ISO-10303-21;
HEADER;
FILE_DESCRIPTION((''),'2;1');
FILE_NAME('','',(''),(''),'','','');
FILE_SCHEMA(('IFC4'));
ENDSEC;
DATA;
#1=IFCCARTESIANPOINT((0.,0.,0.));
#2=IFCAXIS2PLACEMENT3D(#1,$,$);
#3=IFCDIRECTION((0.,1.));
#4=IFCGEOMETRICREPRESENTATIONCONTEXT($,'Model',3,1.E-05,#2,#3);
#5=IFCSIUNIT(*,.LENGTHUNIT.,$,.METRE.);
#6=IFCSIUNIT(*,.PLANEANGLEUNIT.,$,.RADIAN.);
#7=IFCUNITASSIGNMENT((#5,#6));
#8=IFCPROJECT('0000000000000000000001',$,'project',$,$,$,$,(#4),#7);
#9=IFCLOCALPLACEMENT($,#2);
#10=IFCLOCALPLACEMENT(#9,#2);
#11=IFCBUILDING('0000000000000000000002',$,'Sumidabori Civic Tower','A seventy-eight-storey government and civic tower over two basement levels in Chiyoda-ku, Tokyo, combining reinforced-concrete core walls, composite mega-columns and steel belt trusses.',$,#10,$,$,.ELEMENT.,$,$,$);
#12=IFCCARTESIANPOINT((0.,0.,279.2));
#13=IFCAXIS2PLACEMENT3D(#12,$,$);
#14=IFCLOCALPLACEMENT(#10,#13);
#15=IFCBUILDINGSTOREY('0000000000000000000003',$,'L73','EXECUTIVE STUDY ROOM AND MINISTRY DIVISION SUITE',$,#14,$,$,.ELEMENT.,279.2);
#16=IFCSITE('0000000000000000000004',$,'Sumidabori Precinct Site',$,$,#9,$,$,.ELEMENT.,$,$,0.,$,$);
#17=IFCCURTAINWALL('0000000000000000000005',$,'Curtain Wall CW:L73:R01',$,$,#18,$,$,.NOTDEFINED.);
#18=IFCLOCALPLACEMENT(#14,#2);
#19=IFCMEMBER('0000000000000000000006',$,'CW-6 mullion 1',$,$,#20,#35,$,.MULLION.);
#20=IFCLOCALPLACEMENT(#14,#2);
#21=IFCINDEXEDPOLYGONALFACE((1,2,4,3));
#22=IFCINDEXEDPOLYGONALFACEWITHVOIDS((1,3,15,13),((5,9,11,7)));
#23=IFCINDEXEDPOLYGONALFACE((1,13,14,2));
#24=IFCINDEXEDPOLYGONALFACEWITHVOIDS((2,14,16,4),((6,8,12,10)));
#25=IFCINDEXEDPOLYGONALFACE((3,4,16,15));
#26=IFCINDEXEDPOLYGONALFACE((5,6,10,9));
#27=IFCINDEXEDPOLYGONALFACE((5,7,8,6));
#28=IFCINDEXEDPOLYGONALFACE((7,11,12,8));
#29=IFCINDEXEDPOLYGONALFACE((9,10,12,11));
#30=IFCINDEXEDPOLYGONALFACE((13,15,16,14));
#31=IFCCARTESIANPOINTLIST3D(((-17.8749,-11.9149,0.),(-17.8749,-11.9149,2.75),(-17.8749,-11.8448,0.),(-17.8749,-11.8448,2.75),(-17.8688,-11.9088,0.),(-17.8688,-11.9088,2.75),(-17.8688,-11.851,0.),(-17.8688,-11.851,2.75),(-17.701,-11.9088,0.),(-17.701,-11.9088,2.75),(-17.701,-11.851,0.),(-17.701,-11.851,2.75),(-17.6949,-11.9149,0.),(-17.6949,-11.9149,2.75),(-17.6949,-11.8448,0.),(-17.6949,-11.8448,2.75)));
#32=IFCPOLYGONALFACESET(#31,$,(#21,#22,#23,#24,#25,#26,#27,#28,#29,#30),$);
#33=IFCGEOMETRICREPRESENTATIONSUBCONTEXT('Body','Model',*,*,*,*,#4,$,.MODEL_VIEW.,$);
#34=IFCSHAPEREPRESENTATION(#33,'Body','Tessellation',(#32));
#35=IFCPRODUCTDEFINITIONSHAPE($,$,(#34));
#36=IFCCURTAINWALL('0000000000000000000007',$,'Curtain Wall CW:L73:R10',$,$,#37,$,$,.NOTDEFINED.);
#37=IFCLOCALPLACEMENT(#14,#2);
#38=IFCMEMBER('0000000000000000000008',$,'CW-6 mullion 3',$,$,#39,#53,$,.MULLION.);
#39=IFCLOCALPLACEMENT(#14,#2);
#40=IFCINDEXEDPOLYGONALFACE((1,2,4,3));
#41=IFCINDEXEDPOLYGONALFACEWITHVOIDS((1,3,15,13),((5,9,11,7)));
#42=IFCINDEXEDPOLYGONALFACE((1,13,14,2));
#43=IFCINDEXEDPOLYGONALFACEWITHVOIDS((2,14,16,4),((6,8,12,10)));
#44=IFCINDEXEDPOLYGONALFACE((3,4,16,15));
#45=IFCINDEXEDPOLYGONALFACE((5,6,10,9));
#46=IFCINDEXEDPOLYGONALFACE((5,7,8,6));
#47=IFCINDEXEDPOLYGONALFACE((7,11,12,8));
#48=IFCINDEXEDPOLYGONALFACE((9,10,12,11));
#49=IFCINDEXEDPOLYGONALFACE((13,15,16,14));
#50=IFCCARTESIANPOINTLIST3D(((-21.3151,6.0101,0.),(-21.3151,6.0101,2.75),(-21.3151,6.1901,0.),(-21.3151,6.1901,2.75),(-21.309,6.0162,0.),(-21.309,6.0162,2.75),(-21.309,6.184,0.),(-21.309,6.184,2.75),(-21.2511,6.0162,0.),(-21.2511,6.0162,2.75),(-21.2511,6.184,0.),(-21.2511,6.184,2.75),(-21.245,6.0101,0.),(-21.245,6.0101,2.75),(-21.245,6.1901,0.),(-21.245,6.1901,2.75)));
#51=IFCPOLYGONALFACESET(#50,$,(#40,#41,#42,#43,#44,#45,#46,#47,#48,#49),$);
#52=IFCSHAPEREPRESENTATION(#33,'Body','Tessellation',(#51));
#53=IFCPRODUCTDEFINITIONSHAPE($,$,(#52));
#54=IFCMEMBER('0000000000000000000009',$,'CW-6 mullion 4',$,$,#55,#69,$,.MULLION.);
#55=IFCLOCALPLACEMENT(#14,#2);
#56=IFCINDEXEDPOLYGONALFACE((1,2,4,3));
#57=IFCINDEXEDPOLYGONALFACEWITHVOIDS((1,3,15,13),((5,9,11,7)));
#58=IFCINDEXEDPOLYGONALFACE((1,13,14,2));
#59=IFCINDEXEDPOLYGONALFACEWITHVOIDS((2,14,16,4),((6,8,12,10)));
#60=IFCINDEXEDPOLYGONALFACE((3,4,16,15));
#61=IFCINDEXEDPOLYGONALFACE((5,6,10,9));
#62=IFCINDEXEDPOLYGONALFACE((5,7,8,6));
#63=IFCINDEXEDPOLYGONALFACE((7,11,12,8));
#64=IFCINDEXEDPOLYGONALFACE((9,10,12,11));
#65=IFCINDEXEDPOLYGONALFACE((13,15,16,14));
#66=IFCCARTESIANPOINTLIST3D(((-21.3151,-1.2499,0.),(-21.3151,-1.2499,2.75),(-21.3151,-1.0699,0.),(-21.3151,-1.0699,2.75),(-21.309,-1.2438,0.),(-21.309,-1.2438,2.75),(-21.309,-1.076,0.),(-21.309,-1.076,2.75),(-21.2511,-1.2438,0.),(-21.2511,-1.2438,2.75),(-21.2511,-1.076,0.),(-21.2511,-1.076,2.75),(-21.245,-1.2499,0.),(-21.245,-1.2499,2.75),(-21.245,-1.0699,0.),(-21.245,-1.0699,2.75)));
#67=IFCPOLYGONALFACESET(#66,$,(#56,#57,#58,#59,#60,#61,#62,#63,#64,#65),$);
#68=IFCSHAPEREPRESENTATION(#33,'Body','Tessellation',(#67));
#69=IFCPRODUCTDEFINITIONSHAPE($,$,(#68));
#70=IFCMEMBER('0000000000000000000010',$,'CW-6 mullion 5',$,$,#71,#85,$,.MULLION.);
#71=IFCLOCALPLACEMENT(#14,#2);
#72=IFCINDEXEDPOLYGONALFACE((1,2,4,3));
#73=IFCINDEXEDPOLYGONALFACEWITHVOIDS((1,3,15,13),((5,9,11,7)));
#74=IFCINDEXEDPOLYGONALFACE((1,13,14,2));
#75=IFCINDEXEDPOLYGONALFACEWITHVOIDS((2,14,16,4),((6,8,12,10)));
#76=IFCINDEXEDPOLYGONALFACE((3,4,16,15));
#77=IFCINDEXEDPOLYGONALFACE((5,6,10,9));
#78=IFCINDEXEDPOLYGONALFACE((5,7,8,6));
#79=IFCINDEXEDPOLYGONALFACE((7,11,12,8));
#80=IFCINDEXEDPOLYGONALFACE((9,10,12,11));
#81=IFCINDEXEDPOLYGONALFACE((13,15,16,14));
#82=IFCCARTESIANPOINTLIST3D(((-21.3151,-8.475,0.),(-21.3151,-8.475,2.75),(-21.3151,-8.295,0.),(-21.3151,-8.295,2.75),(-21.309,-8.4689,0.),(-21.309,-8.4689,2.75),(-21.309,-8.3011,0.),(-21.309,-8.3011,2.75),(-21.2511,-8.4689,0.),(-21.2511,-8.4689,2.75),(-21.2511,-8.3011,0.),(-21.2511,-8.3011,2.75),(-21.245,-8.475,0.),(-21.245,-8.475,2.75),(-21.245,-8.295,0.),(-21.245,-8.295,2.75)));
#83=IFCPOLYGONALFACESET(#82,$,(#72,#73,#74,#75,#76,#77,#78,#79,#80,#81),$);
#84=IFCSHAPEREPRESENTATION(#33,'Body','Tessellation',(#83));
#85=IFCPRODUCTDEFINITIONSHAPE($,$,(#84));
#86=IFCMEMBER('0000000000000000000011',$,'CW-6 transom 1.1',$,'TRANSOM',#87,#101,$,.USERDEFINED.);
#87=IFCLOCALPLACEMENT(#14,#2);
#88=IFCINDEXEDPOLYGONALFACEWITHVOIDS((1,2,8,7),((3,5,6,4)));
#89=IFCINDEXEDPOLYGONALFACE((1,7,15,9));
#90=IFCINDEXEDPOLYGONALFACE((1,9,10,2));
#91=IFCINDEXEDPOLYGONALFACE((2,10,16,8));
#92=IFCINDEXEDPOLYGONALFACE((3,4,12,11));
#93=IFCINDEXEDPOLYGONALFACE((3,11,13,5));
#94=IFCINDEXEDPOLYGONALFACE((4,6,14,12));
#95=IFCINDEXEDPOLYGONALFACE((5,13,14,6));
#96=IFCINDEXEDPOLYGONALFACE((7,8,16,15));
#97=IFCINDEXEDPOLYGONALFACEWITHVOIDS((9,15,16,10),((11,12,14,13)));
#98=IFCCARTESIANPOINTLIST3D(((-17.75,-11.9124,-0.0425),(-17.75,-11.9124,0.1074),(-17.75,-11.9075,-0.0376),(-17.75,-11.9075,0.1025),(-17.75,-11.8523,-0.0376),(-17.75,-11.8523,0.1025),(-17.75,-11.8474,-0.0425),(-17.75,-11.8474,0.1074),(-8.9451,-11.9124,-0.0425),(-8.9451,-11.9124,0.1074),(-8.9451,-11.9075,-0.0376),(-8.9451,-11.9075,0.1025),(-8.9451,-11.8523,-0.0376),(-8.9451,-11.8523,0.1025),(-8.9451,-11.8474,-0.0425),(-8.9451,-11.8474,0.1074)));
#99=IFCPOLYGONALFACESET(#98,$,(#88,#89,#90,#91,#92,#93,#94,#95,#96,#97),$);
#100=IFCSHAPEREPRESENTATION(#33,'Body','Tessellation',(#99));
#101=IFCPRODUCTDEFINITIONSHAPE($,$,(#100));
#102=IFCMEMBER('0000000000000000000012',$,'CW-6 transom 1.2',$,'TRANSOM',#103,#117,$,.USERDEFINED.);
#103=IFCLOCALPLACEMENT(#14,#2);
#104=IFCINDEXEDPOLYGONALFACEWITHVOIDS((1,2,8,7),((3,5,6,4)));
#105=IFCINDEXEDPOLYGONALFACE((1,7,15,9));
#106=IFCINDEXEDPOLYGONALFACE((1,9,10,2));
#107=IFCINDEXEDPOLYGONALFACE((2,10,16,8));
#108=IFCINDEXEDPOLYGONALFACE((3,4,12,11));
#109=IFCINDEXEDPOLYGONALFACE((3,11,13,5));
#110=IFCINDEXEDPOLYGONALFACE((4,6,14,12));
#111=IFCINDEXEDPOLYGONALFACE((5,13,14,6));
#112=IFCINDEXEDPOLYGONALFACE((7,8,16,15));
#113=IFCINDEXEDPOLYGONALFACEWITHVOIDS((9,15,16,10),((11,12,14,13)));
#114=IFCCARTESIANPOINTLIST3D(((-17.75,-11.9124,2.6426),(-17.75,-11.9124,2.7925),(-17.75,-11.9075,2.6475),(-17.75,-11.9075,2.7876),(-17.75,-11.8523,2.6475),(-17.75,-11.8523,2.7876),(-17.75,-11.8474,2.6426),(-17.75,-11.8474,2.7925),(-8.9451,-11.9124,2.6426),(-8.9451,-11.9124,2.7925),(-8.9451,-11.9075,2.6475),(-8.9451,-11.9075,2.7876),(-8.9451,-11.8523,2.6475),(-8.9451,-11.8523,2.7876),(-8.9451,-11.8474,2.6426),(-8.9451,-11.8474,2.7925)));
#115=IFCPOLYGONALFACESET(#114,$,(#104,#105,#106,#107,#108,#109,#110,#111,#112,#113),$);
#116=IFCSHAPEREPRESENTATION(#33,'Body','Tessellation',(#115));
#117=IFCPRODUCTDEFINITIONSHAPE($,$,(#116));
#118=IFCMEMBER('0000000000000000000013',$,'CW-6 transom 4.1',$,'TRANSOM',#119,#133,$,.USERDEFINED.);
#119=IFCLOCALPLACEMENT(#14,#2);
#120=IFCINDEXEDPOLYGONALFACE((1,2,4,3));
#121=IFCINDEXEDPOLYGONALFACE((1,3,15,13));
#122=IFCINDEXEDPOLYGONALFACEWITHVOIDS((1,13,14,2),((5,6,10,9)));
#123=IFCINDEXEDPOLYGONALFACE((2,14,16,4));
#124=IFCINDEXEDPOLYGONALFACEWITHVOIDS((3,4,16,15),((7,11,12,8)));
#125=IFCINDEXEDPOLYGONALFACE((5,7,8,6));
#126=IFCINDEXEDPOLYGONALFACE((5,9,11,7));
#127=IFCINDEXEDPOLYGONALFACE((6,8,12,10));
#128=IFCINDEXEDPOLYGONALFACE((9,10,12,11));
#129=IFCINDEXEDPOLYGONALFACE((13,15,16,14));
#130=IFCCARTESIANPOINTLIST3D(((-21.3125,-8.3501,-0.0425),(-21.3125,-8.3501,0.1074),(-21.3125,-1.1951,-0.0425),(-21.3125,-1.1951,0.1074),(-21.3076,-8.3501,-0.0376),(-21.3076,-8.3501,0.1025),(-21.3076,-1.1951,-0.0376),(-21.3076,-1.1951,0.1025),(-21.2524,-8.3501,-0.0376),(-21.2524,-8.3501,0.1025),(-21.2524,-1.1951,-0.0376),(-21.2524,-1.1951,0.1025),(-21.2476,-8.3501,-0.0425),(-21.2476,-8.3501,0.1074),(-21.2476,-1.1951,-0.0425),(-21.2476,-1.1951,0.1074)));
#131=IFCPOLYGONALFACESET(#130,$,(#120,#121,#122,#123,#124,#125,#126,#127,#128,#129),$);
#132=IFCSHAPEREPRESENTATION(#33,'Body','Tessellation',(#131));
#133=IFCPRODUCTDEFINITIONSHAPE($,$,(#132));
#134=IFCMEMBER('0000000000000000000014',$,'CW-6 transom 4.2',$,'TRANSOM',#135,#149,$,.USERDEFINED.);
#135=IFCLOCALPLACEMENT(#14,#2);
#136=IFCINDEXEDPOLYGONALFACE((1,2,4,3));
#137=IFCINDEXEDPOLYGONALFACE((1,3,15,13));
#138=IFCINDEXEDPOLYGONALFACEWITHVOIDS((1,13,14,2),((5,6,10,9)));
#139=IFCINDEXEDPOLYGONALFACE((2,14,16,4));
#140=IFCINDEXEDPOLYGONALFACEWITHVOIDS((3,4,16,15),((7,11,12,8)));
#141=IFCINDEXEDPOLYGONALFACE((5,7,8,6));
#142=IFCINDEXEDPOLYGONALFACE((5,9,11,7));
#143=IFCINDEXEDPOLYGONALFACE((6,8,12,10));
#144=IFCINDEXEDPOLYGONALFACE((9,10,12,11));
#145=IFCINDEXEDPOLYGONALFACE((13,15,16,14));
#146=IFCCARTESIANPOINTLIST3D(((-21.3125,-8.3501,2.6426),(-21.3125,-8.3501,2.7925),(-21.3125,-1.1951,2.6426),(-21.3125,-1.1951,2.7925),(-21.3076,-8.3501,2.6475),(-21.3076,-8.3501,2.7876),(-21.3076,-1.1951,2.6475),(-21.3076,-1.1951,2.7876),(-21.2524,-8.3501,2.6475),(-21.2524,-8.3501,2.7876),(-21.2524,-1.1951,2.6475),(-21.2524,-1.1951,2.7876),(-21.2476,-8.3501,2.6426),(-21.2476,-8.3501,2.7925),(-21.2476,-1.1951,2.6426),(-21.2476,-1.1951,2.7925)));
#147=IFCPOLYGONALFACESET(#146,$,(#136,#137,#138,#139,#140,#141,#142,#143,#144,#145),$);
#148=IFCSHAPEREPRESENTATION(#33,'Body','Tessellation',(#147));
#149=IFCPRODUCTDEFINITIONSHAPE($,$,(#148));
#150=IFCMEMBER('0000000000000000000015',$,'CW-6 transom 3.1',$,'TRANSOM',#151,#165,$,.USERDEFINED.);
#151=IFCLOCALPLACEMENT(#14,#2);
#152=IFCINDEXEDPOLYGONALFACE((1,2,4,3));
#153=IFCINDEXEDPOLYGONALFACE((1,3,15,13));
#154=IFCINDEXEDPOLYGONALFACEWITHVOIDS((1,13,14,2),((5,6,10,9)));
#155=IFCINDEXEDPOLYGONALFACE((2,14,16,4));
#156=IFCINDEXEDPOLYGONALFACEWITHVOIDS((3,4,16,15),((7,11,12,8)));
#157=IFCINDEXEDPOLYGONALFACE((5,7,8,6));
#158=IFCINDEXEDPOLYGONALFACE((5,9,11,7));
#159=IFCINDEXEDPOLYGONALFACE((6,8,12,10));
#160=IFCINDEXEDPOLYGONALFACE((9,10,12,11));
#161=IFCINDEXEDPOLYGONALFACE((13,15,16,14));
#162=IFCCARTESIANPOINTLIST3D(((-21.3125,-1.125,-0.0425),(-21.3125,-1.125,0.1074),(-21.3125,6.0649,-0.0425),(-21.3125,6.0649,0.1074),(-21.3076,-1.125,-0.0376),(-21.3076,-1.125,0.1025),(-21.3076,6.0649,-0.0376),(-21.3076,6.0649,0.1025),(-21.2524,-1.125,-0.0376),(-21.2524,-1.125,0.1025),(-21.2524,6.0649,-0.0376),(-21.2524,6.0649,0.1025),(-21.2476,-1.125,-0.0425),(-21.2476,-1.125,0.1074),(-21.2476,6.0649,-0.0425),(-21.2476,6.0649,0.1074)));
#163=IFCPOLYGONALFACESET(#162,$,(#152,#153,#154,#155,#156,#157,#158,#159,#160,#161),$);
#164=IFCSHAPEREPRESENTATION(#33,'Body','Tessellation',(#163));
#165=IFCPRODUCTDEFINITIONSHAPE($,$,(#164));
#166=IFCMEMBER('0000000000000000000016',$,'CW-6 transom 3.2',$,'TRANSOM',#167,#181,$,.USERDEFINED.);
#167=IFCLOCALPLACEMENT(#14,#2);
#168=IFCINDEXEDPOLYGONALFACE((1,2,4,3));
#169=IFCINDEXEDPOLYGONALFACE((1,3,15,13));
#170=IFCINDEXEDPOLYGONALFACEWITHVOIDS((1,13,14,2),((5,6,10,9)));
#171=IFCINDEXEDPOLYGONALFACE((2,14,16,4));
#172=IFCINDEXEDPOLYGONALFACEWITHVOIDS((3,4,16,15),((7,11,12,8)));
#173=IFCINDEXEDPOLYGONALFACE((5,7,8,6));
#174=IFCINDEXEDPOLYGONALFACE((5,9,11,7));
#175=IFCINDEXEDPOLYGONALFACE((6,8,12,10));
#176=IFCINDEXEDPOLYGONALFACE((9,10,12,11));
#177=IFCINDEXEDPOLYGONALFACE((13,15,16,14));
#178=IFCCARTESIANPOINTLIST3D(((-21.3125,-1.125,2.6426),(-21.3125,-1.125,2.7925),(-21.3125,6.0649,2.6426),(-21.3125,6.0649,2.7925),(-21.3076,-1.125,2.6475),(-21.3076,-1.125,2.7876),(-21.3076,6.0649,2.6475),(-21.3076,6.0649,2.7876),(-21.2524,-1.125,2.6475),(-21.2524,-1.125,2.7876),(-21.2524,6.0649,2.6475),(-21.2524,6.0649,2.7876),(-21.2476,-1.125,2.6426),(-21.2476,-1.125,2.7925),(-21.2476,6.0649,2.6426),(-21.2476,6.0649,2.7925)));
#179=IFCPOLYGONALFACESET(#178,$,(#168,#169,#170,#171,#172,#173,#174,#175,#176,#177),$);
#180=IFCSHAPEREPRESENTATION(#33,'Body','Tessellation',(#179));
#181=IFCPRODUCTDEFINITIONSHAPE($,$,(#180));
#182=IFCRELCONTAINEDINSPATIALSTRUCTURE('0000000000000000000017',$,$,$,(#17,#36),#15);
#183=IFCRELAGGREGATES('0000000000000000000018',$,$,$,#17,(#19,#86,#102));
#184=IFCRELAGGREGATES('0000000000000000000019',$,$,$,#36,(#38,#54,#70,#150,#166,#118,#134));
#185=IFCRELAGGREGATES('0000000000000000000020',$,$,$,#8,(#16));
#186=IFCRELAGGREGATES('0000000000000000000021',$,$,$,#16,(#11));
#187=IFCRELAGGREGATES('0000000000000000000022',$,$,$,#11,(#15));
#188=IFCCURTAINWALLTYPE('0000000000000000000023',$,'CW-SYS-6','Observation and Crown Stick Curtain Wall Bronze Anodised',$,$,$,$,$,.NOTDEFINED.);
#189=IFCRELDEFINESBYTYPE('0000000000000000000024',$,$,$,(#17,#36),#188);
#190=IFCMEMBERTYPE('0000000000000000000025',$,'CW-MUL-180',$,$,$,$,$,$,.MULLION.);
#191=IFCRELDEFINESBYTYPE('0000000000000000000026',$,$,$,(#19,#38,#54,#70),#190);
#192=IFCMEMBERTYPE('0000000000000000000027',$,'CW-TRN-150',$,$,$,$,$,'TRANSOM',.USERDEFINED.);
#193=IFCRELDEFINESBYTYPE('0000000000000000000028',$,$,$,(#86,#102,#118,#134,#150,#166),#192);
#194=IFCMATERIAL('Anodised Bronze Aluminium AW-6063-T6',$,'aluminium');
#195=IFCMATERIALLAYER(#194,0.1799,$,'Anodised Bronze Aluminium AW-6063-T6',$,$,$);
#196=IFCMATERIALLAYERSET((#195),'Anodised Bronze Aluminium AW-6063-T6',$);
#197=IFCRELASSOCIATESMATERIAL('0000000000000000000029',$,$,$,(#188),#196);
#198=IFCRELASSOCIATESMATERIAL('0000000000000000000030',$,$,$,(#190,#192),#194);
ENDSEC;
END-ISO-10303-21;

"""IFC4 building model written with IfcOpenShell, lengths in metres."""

from ifc_helpers import new_model, si_unit, direction, frame, origin, origin_2d, place, context, subcontext, project, spatial, hollow_rectangle, extrude, source, transform, mapped, material, layer, layer_set, material_profile, profile_set, type_object, element, aggregate, save


model = new_model("IFC4")

# Units and contexts
model_context = context("Model", 3, precision=1e-05, world=origin(), true_north=direction((0.0, 1.0)))
body_context = subcontext(model_context, "Body", "Model", "MODEL_VIEW")
ifc_project = project(units=[si_unit("LENGTHUNIT", "METRE"), si_unit("PLANEANGLEUNIT", "RADIAN")], contexts=[model_context])

# Site, building, storey
site_placement = place(None, origin())
site = spatial("IfcSite", under=ifc_project, at=site_placement, Name="Sumidabori Precinct Site", CompositionType="ELEMENT", RefElevation=0.0)
building_placement = place(site_placement, origin())
building = spatial("IfcBuilding", under=site, at=building_placement, Name="Sumidabori Civic Tower", Description="A seventy-eight-storey government and civic tower over two basement levels in Chiyoda-ku, Tokyo, combining reinforced-concrete core walls, composite mega-columns and steel belt trusses.", CompositionType="ELEMENT")
storey_placement = place(building_placement, frame((0.0, 0.0, 279.2)))
storey = spatial("IfcBuildingStorey", under=building, at=storey_placement, Name="L73", Description="EXECUTIVE STUDY ROOM AND MINISTRY DIVISION SUITE", CompositionType="ELEMENT", Elevation=279.2)

# Curtain wall, member
ifc_material_1 = material(Name="Anodised Bronze Aluminium AW-6063-T6", Category="aluminium")
ifc_layer_1 = layer(ifc_material_1, 0.1799, Name="Anodised Bronze Aluminium AW-6063-T6")
ifc_layer_set_1 = layer_set([ifc_layer_1], Name="Anodised Bronze Aluminium AW-6063-T6")
curtain_wall_type = type_object("IfcCurtainWallType", Name="CW-SYS-6", Description="Observation and Crown Stick Curtain Wall Bronze Anodised", PredefinedType="NOTDEFINED", material=ifc_layer_set_1)
curtain_wall_1_placement = place(storey_placement, origin())
curtain_wall_1 = element("IfcCurtainWall", 1, at=curtain_wall_1_placement, inside=storey, type_object=curtain_wall_type, Name="Curtain Wall CW:L73:R01", PredefinedType="NOTDEFINED")
ifc_material_profile_1 = material_profile(ifc_material_1, hollow_rectangle(XDim=0.0701, YDim=0.1799, WallThickness=0.0061, at=origin_2d()), Name="ALU MULLION 180x70")
ifc_profile_set_1 = profile_set([ifc_material_profile_1], Name="Anodised Bronze Aluminium AW-6063-T6")
member_type_1 = type_object("IfcMemberType", Name="CW-MUL-180", PredefinedType="MULLION", material=ifc_profile_set_1)
shared_shape_1 = source(origin(), body_context, "Body", "SweptSolid", [
    extrude(hollow_rectangle(XDim=0.0701, YDim=0.1799, WallThickness=0.0061, at=origin_2d()), origin(), (0.0, 0.0, 1.0), 2.75),
])
member_1_placement = place(storey_placement, frame((-17.7849, -11.8799, 0.0), z_axis=(0.0, 0.0, 1.0), x_axis=(0.0, 1.0, 0.0)))
member_1 = element("IfcMember", 2, at=member_1_placement, type_object=member_type_1, Name="CW-6 mullion 1", PredefinedType="MULLION", context=body_context, shape_type="MappedRepresentation", body=[
    mapped(shared_shape_1, transform((0.0, 0.0, 0.0), x_axis=(1.0, 0.0, 0.0), y_axis=(0.0, 1.0, 0.0), z_axis=(0.0, 0.0, 1.0), scale=1.0)),
])

# Curtain wall, members
curtain_wall_2_placement = place(storey_placement, origin())
curtain_wall_2 = element("IfcCurtainWall", 3, at=curtain_wall_2_placement, inside=storey, type_object=curtain_wall_type, Name="Curtain Wall CW:L73:R10", PredefinedType="NOTDEFINED")
member_2_placement = place(storey_placement, frame((-21.28, 6.1001, 0.0), z_axis=(0.0, 0.0, 1.0), x_axis=(1.0, 0.0, 0.0)))
member_2 = element("IfcMember", 4, at=member_2_placement, type_object=member_type_1, Name="CW-6 mullion 3", PredefinedType="MULLION", context=body_context, shape_type="MappedRepresentation", body=[
    mapped(shared_shape_1, transform((0.0, 0.0, 0.0), x_axis=(1.0, 0.0, 0.0), y_axis=(0.0, 1.0, 0.0), z_axis=(0.0, 0.0, 1.0), scale=1.0)),
])
member_3_placement = place(storey_placement, frame((-21.28, -1.1599, 0.0), z_axis=(0.0, 0.0, 1.0), x_axis=(1.0, 0.0, 0.0)))
member_3 = element("IfcMember", 5, at=member_3_placement, type_object=member_type_1, Name="CW-6 mullion 4", PredefinedType="MULLION", context=body_context, shape_type="MappedRepresentation", body=[
    mapped(shared_shape_1, transform((0.0, 0.0, 0.0), x_axis=(1.0, 0.0, 0.0), y_axis=(0.0, 1.0, 0.0), z_axis=(0.0, 0.0, 1.0), scale=1.0)),
])
member_4_placement = place(storey_placement, frame((-21.28, -8.385, 0.0), z_axis=(0.0, 0.0, 1.0), x_axis=(1.0, 0.0, 0.0)))
member_4 = element("IfcMember", 6, at=member_4_placement, type_object=member_type_1, Name="CW-6 mullion 5", PredefinedType="MULLION", context=body_context, shape_type="MappedRepresentation", body=[
    mapped(shared_shape_1, transform((0.0, 0.0, 0.0), x_axis=(1.0, 0.0, 0.0), y_axis=(0.0, 1.0, 0.0), z_axis=(0.0, 0.0, 1.0), scale=1.0)),
])

# Members
ifc_material_profile_2 = material_profile(ifc_material_1, hollow_rectangle(XDim=0.0649, YDim=0.1499, WallThickness=0.0049, at=origin_2d()), Name="ALU TRANSOM 150x65")
ifc_profile_set_2 = profile_set([ifc_material_profile_2], Name="Anodised Bronze Aluminium AW-6063-T6")
member_type_2 = type_object("IfcMemberType", Name="CW-TRN-150", ElementType="TRANSOM", PredefinedType="USERDEFINED", material=ifc_profile_set_2)
shared_shape_2 = source(origin(), body_context, "Body", "SweptSolid", [
    extrude(hollow_rectangle(XDim=0.0649, YDim=0.1499, WallThickness=0.0049, at=origin_2d()), origin(), (0.0, 0.0, 1.0), 8.8049),
])
member_5_placement = place(storey_placement, frame((-17.75, -11.8799, 0.0325), z_axis=(1.0, 0.0, 0.0), x_axis=(0.0, 1.0, 0.0)))
member_5 = element("IfcMember", 7, at=member_5_placement, type_object=member_type_2, Name="CW-6 transom 1.1", ObjectType="TRANSOM", PredefinedType="USERDEFINED", context=body_context, shape_type="MappedRepresentation", body=[
    mapped(shared_shape_2, transform((0.0, 0.0, 0.0), x_axis=(1.0, 0.0, 0.0), y_axis=(0.0, 1.0, 0.0), z_axis=(0.0, 0.0, 1.0), scale=1.0)),
])
member_6_placement = place(storey_placement, frame((-17.75, -11.8799, 2.7175), z_axis=(1.0, 0.0, 0.0), x_axis=(0.0, 1.0, 0.0)))
member_6 = element("IfcMember", 8, at=member_6_placement, type_object=member_type_2, Name="CW-6 transom 1.2", ObjectType="TRANSOM", PredefinedType="USERDEFINED", context=body_context, shape_type="MappedRepresentation", body=[
    mapped(shared_shape_2, transform((0.0, 0.0, 0.0), x_axis=(1.0, 0.0, 0.0), y_axis=(0.0, 1.0, 0.0), z_axis=(0.0, 0.0, 1.0), scale=1.0)),
])
aggregate(curtain_wall_1, [member_1, member_5, member_6])
shared_shape_3 = source(origin(), body_context, "Body", "SweptSolid", [
    extrude(hollow_rectangle(XDim=0.0649, YDim=0.1499, WallThickness=0.0049, at=origin_2d()), origin(), (0.0, 0.0, 1.0), 7.155),
])
member_7_placement = place(storey_placement, frame((-21.28, -1.1951, 0.0325), z_axis=(0.0, -1.0, 0.0), x_axis=(1.0, 0.0, 0.0)))
member_7 = element("IfcMember", 9, at=member_7_placement, type_object=member_type_2, Name="CW-6 transom 4.1", ObjectType="TRANSOM", PredefinedType="USERDEFINED", context=body_context, shape_type="MappedRepresentation", body=[
    mapped(shared_shape_3, transform((0.0, 0.0, 0.0), x_axis=(1.0, 0.0, 0.0), y_axis=(0.0, 1.0, 0.0), z_axis=(0.0, 0.0, 1.0), scale=1.0)),
])
member_8_placement = place(storey_placement, frame((-21.28, -1.1951, 2.7175), z_axis=(0.0, -1.0, 0.0), x_axis=(1.0, 0.0, 0.0)))
member_8 = element("IfcMember", 10, at=member_8_placement, type_object=member_type_2, Name="CW-6 transom 4.2", ObjectType="TRANSOM", PredefinedType="USERDEFINED", context=body_context, shape_type="MappedRepresentation", body=[
    mapped(shared_shape_3, transform((0.0, 0.0, 0.0), x_axis=(1.0, 0.0, 0.0), y_axis=(0.0, 1.0, 0.0), z_axis=(0.0, 0.0, 1.0), scale=1.0)),
])
shared_shape_4 = source(origin(), body_context, "Body", "SweptSolid", [
    extrude(hollow_rectangle(XDim=0.0649, YDim=0.1499, WallThickness=0.0049, at=origin_2d()), origin(), (0.0, 0.0, 1.0), 7.1899),
])
member_9_placement = place(storey_placement, frame((-21.28, 6.0649, 0.0325), z_axis=(0.0, -1.0, 0.0), x_axis=(1.0, 0.0, 0.0)))
member_9 = element("IfcMember", 11, at=member_9_placement, type_object=member_type_2, Name="CW-6 transom 3.1", ObjectType="TRANSOM", PredefinedType="USERDEFINED", context=body_context, shape_type="MappedRepresentation", body=[
    mapped(shared_shape_4, transform((0.0, 0.0, 0.0), x_axis=(1.0, 0.0, 0.0), y_axis=(0.0, 1.0, 0.0), z_axis=(0.0, 0.0, 1.0), scale=1.0)),
])
member_10_placement = place(storey_placement, frame((-21.28, 6.0649, 2.7175), z_axis=(0.0, -1.0, 0.0), x_axis=(1.0, 0.0, 0.0)))
member_10 = element("IfcMember", 12, at=member_10_placement, type_object=member_type_2, Name="CW-6 transom 3.2", ObjectType="TRANSOM", PredefinedType="USERDEFINED", context=body_context, shape_type="MappedRepresentation", body=[
    mapped(shared_shape_4, transform((0.0, 0.0, 0.0), x_axis=(1.0, 0.0, 0.0), y_axis=(0.0, 1.0, 0.0), z_axis=(0.0, 0.0, 1.0), scale=1.0)),
])

aggregate(curtain_wall_2, [member_2, member_3, member_4, member_9, member_10, member_7, member_8])

save(model, "model.ifc")
